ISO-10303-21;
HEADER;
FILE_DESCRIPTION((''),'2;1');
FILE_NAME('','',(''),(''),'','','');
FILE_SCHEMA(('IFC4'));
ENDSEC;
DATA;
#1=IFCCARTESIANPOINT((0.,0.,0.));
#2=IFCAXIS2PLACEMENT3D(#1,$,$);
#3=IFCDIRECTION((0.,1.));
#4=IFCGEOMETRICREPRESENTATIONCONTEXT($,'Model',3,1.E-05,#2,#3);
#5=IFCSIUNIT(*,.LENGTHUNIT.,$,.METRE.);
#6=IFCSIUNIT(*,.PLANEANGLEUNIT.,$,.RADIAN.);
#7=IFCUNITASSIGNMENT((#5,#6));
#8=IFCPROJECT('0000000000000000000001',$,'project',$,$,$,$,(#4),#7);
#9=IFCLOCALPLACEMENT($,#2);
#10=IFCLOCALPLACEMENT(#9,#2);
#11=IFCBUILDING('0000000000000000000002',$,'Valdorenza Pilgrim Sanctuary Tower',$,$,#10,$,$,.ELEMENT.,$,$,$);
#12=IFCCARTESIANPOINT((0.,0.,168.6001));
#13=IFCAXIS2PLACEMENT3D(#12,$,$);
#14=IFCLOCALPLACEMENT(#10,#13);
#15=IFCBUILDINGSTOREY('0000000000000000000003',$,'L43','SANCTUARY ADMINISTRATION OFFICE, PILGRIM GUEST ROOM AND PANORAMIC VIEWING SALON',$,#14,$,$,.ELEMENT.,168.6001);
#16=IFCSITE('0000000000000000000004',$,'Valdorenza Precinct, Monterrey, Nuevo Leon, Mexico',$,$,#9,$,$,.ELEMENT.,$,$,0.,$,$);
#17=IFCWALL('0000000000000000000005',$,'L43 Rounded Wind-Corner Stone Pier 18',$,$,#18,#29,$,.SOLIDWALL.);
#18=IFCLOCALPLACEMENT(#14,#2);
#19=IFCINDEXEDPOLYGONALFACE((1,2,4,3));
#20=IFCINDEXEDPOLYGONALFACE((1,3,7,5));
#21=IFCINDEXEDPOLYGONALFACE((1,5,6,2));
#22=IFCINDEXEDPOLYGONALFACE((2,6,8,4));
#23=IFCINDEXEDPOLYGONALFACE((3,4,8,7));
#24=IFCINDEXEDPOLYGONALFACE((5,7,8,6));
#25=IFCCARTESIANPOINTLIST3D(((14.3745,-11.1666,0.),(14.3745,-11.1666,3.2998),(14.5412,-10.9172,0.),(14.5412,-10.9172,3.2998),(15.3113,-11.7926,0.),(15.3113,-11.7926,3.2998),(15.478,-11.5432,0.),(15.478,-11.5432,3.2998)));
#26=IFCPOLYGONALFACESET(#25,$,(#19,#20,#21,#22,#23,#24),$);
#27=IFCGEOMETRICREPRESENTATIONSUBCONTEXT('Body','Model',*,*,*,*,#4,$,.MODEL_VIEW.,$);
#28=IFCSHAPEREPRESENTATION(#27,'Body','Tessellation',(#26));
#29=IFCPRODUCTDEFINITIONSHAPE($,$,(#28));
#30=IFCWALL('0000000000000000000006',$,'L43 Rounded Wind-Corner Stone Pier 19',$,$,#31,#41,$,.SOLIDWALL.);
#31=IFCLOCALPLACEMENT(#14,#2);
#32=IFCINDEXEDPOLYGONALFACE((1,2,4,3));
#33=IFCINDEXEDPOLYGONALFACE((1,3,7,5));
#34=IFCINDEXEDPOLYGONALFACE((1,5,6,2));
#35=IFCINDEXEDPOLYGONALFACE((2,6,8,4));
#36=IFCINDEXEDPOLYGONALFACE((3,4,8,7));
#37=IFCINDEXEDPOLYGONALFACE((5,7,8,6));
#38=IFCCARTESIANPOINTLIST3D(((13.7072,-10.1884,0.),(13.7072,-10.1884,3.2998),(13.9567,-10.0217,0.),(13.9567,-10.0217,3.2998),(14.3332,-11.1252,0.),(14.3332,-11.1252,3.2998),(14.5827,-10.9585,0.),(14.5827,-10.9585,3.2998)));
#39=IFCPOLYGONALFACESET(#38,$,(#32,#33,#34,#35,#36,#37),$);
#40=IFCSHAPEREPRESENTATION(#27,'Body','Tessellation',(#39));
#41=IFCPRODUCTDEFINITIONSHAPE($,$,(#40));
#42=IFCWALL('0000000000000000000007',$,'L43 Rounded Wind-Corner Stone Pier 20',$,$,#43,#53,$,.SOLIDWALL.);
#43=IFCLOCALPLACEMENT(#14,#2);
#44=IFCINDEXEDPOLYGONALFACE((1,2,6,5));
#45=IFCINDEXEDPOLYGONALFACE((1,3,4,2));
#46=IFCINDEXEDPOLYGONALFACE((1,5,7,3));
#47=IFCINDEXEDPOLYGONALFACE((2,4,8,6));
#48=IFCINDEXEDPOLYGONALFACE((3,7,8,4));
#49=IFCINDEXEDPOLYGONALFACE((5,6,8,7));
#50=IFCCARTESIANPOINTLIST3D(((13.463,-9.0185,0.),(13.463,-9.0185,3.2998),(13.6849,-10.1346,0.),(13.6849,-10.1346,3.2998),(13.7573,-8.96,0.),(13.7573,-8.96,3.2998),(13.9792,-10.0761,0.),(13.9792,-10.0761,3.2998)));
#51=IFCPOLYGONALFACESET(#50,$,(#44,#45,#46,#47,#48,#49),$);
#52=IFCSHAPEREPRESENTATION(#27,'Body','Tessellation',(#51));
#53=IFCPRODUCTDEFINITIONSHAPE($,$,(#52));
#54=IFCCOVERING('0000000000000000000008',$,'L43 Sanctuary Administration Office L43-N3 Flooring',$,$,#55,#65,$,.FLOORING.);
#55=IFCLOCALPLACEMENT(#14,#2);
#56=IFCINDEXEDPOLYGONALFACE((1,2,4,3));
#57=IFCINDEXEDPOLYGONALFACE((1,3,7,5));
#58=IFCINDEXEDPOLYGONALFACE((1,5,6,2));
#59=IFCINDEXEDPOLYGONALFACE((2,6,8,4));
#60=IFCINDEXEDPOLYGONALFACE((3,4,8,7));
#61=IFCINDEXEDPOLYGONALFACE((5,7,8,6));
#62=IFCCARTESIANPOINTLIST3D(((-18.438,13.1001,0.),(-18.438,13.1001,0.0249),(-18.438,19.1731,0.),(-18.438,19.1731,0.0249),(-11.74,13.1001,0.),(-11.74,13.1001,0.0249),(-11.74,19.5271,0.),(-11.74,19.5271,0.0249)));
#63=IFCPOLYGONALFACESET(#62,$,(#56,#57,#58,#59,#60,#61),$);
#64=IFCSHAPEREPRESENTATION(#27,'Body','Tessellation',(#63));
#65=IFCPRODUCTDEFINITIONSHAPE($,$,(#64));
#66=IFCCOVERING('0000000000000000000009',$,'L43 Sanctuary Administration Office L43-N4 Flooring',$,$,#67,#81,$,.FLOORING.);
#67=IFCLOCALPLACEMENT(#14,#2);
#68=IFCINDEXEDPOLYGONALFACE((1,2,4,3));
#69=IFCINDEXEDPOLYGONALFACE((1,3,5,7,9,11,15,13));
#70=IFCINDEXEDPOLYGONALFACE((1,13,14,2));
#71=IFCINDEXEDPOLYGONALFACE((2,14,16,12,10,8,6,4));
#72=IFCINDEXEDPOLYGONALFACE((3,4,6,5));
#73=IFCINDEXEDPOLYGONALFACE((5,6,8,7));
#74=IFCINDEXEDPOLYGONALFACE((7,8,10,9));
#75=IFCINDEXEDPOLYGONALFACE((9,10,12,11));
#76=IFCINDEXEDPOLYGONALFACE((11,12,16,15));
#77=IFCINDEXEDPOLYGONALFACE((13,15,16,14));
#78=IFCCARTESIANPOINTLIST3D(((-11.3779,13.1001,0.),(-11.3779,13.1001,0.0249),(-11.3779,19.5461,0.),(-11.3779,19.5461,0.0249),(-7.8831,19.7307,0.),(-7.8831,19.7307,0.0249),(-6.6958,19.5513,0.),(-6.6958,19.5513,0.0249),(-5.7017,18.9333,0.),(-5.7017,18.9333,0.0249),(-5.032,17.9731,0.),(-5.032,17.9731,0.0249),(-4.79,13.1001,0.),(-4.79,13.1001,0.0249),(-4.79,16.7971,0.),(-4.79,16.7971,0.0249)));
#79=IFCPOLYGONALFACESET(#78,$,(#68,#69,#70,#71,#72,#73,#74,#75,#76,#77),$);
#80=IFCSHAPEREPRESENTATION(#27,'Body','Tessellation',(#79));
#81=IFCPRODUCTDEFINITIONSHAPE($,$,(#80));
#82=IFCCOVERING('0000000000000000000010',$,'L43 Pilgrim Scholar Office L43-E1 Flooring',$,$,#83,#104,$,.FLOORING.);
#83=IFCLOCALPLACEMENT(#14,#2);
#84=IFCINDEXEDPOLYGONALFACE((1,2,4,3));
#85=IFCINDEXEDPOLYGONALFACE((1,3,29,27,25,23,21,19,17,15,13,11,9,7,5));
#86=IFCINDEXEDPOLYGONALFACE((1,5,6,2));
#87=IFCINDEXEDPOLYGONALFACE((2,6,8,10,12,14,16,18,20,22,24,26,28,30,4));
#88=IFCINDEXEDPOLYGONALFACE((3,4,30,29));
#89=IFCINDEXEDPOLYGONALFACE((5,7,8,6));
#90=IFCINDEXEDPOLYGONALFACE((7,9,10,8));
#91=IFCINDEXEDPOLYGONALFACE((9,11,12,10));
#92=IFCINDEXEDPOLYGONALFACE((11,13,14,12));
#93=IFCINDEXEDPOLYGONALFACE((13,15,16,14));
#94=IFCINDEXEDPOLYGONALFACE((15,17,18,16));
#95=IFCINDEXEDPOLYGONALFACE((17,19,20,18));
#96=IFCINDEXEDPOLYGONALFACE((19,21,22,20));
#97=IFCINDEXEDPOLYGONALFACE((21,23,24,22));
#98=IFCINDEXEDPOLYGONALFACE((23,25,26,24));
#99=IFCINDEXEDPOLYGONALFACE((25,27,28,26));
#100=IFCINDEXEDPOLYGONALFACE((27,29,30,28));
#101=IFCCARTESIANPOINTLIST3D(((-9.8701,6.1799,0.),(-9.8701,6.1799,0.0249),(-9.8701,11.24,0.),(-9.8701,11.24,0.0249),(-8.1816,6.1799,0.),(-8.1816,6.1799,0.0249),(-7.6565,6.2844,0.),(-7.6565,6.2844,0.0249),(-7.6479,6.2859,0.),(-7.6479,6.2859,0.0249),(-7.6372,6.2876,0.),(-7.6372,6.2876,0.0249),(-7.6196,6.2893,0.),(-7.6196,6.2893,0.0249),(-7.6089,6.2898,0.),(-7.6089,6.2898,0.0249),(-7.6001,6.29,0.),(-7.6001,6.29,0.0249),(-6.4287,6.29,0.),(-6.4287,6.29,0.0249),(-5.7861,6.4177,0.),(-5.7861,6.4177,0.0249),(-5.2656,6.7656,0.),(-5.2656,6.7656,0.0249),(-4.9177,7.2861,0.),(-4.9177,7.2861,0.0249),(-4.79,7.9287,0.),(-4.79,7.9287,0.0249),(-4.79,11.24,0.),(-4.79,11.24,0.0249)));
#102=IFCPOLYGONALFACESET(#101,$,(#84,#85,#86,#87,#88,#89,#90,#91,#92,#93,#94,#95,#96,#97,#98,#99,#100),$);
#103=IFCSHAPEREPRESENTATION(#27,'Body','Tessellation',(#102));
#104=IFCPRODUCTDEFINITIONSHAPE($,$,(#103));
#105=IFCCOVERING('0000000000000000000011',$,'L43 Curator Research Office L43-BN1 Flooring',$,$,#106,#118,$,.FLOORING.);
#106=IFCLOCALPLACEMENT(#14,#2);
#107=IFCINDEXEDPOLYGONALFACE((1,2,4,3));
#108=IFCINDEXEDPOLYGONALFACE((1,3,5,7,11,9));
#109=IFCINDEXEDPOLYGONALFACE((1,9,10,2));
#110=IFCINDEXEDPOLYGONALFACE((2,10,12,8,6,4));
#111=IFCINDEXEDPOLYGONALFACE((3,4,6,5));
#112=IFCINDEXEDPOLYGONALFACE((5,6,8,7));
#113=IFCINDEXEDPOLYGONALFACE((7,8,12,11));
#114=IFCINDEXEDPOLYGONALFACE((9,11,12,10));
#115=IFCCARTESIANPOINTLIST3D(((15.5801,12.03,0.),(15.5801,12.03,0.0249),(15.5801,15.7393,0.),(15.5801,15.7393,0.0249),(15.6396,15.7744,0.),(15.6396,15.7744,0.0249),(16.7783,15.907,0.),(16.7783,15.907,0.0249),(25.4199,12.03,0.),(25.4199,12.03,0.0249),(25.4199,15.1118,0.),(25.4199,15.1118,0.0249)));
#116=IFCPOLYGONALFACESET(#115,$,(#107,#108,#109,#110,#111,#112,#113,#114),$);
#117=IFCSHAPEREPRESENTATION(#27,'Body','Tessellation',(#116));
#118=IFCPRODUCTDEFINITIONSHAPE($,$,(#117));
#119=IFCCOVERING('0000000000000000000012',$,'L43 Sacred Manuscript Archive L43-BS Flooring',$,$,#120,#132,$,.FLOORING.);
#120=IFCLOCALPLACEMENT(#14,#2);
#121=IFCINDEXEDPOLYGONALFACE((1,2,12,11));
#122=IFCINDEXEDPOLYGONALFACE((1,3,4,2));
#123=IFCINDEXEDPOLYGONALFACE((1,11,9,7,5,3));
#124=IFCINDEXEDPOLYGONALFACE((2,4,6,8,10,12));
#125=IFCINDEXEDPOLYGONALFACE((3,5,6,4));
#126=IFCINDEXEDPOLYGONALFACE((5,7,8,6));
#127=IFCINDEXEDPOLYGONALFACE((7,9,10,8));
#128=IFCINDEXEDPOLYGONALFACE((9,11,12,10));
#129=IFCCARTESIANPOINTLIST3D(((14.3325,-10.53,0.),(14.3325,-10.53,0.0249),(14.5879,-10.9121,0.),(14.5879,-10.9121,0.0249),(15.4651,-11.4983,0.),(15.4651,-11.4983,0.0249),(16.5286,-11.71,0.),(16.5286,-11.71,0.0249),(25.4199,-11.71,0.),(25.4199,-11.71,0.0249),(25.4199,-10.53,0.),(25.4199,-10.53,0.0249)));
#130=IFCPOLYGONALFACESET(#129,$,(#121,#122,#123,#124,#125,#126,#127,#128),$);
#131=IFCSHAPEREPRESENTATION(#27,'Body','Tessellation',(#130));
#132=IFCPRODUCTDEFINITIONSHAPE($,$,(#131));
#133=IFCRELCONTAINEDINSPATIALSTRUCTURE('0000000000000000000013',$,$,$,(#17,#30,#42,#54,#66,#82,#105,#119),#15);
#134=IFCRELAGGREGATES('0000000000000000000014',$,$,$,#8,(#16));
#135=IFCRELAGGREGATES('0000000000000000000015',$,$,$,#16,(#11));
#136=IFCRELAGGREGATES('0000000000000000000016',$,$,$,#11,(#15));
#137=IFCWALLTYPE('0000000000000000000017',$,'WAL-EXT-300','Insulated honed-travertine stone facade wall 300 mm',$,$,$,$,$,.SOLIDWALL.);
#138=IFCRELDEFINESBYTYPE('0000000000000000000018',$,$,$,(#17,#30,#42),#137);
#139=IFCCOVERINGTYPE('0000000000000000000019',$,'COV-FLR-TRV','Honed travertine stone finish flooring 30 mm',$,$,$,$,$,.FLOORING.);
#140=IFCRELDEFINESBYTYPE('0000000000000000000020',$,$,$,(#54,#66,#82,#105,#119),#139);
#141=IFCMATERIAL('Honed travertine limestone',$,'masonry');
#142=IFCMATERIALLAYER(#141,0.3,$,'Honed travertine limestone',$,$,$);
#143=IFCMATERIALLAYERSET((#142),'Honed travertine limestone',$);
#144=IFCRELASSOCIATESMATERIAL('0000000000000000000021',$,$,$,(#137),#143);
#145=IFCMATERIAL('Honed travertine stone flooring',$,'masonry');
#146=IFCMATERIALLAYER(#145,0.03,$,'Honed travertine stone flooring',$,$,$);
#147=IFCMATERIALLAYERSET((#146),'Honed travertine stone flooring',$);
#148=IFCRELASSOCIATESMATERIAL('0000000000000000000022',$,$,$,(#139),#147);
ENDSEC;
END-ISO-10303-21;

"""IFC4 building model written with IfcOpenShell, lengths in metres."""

from ifc_helpers import new_model, si_unit, direction, frame, frame_2d, origin, place, context, subcontext, project, spatial, polyline, rectangle, outline, extrude, material, layer, layer_set, type_object, element, save


model = new_model("IFC4")

# Units and contexts
model_context = context("Model", 3, precision=1e-05, world=origin(), true_north=direction((0.0, 1.0)))
body_context = subcontext(model_context, "Body", "Model", "MODEL_VIEW")
ifc_project = project(units=[si_unit("LENGTHUNIT", "METRE"), si_unit("PLANEANGLEUNIT", "RADIAN")], contexts=[model_context])

# Site, building, storey
site_placement = place(None, origin())
site = spatial("IfcSite", under=ifc_project, at=site_placement, Name="Valdorenza Precinct, Monterrey, Nuevo Leon, Mexico", CompositionType="ELEMENT", RefElevation=0.0)
building_placement = place(site_placement, origin())
building = spatial("IfcBuilding", under=site, at=building_placement, Name="Valdorenza Pilgrim Sanctuary Tower", CompositionType="ELEMENT")
storey_placement = place(building_placement, frame((0.0, 0.0, 168.6001)))
storey = spatial("IfcBuildingStorey", under=building, at=storey_placement, Name="L43", Description="SANCTUARY ADMINISTRATION OFFICE, PILGRIM GUEST ROOM AND PANORAMIC VIEWING SALON", CompositionType="ELEMENT", Elevation=168.6001)

# Shared definitions
ifc_material_1 = material(Name="Honed travertine limestone", Category="masonry")

# Walls
ifc_layer_1 = layer(ifc_material_1, 0.3, Name="Honed travertine limestone")
ifc_layer_set_1 = layer_set([ifc_layer_1], Name="Honed travertine limestone")
wall_type_1 = type_object("IfcWallType", Name="WAL-EXT-300", Description="Insulated honed-travertine stone facade wall 300 mm", PredefinedType="SOLIDWALL", material=ifc_layer_set_1)
for number, where, z_axis, x_axis, name in (
    (1, (15.3948, -11.668, 0.0), (0.0, 0.0, 1.0), (-0.83145, 0.5556, 0.0), "L43 Rounded Wind-Corner Stone Pier 18"),
    (2, (14.458, -11.042, 0.0), (0.0, 0.0, 1.0), (-0.5556, 0.83145, 0.0), "L43 Rounded Wind-Corner Stone Pier 19"),
):
    element("IfcWall", number, at=place(storey_placement, frame(where, z_axis=z_axis, x_axis=x_axis)), inside=storey, type_object=wall_type_1, Name=name, PredefinedType="SOLIDWALL", context=body_context, shape_type="SweptSolid", body=[
        extrude(rectangle(XDim=1.1267, YDim=0.3, at=frame_2d((0.5635, 0.0))), origin(), (0.0, 0.0, 1.0), 3.2998),
    ])
wall_1_placement = place(storey_placement, frame((13.832, -10.1052, 0.0), z_axis=(0.0, 0.0, 1.0), x_axis=(-0.195043, 0.980795, 0.0)))
element("IfcWall", 3, at=wall_1_placement, inside=storey, type_object=wall_type_1, Name="L43 Rounded Wind-Corner Stone Pier 20", PredefinedType="SOLIDWALL", context=body_context, shape_type="SweptSolid", body=[
    extrude(rectangle(XDim=1.1379, YDim=0.3, at=frame_2d((0.5688, 0.0))), origin(), (0.0, 0.0, 1.0), 3.2998),
])

# Coverings
ifc_material_2 = material(Name="Honed travertine stone flooring", Category="masonry")
ifc_layer_2 = layer(ifc_material_2, 0.03, Name="Honed travertine stone flooring")
ifc_layer_set_2 = layer_set([ifc_layer_2], Name="Honed travertine stone flooring")
covering_type = type_object("IfcCoveringType", Name="COV-FLR-TRV", Description="Honed travertine stone finish flooring 30 mm", PredefinedType="FLOORING", material=ifc_layer_set_2)
covering_1_placement = place(storey_placement, origin())
element("IfcCovering", 4, at=covering_1_placement, inside=storey, type_object=covering_type, Name="L43 Sanctuary Administration Office L43-N3 Flooring", PredefinedType="FLOORING", context=body_context, shape_type="SweptSolid", body=[
    extrude(outline(polyline([(-18.438, 13.1001), (-18.438, 19.1731), (-11.74, 19.5271), (-11.74, 13.1001), (-18.438, 13.1001)])), origin(), (0.0, 0.0, 1.0), 0.0249),
])
covering_2_placement = place(storey_placement, origin())
element("IfcCovering", 5, at=covering_2_placement, inside=storey, type_object=covering_type, Name="L43 Sanctuary Administration Office L43-N4 Flooring", PredefinedType="FLOORING", context=body_context, shape_type="SweptSolid", body=[
    extrude(outline(polyline([(-7.8831, 19.7307), (-6.6958, 19.5513), (-5.7017, 18.9333), (-5.032, 17.9731), (-4.79, 16.7971), (-4.79, 13.1001), (-11.3779, 13.1001), (-11.3779, 19.5461), (-7.8831, 19.7307)])), origin(), (0.0, 0.0, 1.0), 0.0249),
])
covering_3_placement = place(storey_placement, origin())
element("IfcCovering", 6, at=covering_3_placement, inside=storey, type_object=covering_type, Name="L43 Pilgrim Scholar Office L43-E1 Flooring", PredefinedType="FLOORING", context=body_context, shape_type="SweptSolid", body=[
    extrude(outline(polyline([(-9.8701, 11.24), (-4.79, 11.24), (-4.79, 7.9287), (-4.9177, 7.2861), (-5.2656, 6.7656), (-5.7861, 6.4177), (-6.4287, 6.29), (-7.6001, 6.29), (-7.6089, 6.2898), (-7.6196, 6.2893), (-7.6372, 6.2876), (-7.6479, 6.2859), (-7.6565, 6.2844), (-8.1816, 6.1799), (-9.8701, 6.1799), (-9.8701, 11.24)])), origin(), (0.0, 0.0, 1.0), 0.0249),
])
covering_4_placement = place(storey_placement, origin())
element("IfcCovering", 7, at=covering_4_placement, inside=storey, type_object=covering_type, Name="L43 Curator Research Office L43-BN1 Flooring", PredefinedType="FLOORING", context=body_context, shape_type="SweptSolid", body=[
    extrude(outline(polyline([(15.5801, 12.03), (15.5801, 15.7393), (15.6396, 15.7744), (16.7783, 15.907), (25.4199, 15.1118), (25.4199, 12.03), (15.5801, 12.03)])), origin(), (0.0, 0.0, 1.0), 0.0249),
])
covering_5_placement = place(storey_placement, origin())
element("IfcCovering", 8, at=covering_5_placement, inside=storey, type_object=covering_type, Name="L43 Sacred Manuscript Archive L43-BS Flooring", PredefinedType="FLOORING", context=body_context, shape_type="SweptSolid", body=[
    extrude(outline(polyline([(25.4199, -11.71), (16.5286, -11.71), (15.4651, -11.4983), (14.5879, -10.9121), (14.3325, -10.53), (25.4199, -10.53), (25.4199, -11.71)])), origin(), (0.0, 0.0, 1.0), 0.0249),
])

save(model, "model.ifc")
